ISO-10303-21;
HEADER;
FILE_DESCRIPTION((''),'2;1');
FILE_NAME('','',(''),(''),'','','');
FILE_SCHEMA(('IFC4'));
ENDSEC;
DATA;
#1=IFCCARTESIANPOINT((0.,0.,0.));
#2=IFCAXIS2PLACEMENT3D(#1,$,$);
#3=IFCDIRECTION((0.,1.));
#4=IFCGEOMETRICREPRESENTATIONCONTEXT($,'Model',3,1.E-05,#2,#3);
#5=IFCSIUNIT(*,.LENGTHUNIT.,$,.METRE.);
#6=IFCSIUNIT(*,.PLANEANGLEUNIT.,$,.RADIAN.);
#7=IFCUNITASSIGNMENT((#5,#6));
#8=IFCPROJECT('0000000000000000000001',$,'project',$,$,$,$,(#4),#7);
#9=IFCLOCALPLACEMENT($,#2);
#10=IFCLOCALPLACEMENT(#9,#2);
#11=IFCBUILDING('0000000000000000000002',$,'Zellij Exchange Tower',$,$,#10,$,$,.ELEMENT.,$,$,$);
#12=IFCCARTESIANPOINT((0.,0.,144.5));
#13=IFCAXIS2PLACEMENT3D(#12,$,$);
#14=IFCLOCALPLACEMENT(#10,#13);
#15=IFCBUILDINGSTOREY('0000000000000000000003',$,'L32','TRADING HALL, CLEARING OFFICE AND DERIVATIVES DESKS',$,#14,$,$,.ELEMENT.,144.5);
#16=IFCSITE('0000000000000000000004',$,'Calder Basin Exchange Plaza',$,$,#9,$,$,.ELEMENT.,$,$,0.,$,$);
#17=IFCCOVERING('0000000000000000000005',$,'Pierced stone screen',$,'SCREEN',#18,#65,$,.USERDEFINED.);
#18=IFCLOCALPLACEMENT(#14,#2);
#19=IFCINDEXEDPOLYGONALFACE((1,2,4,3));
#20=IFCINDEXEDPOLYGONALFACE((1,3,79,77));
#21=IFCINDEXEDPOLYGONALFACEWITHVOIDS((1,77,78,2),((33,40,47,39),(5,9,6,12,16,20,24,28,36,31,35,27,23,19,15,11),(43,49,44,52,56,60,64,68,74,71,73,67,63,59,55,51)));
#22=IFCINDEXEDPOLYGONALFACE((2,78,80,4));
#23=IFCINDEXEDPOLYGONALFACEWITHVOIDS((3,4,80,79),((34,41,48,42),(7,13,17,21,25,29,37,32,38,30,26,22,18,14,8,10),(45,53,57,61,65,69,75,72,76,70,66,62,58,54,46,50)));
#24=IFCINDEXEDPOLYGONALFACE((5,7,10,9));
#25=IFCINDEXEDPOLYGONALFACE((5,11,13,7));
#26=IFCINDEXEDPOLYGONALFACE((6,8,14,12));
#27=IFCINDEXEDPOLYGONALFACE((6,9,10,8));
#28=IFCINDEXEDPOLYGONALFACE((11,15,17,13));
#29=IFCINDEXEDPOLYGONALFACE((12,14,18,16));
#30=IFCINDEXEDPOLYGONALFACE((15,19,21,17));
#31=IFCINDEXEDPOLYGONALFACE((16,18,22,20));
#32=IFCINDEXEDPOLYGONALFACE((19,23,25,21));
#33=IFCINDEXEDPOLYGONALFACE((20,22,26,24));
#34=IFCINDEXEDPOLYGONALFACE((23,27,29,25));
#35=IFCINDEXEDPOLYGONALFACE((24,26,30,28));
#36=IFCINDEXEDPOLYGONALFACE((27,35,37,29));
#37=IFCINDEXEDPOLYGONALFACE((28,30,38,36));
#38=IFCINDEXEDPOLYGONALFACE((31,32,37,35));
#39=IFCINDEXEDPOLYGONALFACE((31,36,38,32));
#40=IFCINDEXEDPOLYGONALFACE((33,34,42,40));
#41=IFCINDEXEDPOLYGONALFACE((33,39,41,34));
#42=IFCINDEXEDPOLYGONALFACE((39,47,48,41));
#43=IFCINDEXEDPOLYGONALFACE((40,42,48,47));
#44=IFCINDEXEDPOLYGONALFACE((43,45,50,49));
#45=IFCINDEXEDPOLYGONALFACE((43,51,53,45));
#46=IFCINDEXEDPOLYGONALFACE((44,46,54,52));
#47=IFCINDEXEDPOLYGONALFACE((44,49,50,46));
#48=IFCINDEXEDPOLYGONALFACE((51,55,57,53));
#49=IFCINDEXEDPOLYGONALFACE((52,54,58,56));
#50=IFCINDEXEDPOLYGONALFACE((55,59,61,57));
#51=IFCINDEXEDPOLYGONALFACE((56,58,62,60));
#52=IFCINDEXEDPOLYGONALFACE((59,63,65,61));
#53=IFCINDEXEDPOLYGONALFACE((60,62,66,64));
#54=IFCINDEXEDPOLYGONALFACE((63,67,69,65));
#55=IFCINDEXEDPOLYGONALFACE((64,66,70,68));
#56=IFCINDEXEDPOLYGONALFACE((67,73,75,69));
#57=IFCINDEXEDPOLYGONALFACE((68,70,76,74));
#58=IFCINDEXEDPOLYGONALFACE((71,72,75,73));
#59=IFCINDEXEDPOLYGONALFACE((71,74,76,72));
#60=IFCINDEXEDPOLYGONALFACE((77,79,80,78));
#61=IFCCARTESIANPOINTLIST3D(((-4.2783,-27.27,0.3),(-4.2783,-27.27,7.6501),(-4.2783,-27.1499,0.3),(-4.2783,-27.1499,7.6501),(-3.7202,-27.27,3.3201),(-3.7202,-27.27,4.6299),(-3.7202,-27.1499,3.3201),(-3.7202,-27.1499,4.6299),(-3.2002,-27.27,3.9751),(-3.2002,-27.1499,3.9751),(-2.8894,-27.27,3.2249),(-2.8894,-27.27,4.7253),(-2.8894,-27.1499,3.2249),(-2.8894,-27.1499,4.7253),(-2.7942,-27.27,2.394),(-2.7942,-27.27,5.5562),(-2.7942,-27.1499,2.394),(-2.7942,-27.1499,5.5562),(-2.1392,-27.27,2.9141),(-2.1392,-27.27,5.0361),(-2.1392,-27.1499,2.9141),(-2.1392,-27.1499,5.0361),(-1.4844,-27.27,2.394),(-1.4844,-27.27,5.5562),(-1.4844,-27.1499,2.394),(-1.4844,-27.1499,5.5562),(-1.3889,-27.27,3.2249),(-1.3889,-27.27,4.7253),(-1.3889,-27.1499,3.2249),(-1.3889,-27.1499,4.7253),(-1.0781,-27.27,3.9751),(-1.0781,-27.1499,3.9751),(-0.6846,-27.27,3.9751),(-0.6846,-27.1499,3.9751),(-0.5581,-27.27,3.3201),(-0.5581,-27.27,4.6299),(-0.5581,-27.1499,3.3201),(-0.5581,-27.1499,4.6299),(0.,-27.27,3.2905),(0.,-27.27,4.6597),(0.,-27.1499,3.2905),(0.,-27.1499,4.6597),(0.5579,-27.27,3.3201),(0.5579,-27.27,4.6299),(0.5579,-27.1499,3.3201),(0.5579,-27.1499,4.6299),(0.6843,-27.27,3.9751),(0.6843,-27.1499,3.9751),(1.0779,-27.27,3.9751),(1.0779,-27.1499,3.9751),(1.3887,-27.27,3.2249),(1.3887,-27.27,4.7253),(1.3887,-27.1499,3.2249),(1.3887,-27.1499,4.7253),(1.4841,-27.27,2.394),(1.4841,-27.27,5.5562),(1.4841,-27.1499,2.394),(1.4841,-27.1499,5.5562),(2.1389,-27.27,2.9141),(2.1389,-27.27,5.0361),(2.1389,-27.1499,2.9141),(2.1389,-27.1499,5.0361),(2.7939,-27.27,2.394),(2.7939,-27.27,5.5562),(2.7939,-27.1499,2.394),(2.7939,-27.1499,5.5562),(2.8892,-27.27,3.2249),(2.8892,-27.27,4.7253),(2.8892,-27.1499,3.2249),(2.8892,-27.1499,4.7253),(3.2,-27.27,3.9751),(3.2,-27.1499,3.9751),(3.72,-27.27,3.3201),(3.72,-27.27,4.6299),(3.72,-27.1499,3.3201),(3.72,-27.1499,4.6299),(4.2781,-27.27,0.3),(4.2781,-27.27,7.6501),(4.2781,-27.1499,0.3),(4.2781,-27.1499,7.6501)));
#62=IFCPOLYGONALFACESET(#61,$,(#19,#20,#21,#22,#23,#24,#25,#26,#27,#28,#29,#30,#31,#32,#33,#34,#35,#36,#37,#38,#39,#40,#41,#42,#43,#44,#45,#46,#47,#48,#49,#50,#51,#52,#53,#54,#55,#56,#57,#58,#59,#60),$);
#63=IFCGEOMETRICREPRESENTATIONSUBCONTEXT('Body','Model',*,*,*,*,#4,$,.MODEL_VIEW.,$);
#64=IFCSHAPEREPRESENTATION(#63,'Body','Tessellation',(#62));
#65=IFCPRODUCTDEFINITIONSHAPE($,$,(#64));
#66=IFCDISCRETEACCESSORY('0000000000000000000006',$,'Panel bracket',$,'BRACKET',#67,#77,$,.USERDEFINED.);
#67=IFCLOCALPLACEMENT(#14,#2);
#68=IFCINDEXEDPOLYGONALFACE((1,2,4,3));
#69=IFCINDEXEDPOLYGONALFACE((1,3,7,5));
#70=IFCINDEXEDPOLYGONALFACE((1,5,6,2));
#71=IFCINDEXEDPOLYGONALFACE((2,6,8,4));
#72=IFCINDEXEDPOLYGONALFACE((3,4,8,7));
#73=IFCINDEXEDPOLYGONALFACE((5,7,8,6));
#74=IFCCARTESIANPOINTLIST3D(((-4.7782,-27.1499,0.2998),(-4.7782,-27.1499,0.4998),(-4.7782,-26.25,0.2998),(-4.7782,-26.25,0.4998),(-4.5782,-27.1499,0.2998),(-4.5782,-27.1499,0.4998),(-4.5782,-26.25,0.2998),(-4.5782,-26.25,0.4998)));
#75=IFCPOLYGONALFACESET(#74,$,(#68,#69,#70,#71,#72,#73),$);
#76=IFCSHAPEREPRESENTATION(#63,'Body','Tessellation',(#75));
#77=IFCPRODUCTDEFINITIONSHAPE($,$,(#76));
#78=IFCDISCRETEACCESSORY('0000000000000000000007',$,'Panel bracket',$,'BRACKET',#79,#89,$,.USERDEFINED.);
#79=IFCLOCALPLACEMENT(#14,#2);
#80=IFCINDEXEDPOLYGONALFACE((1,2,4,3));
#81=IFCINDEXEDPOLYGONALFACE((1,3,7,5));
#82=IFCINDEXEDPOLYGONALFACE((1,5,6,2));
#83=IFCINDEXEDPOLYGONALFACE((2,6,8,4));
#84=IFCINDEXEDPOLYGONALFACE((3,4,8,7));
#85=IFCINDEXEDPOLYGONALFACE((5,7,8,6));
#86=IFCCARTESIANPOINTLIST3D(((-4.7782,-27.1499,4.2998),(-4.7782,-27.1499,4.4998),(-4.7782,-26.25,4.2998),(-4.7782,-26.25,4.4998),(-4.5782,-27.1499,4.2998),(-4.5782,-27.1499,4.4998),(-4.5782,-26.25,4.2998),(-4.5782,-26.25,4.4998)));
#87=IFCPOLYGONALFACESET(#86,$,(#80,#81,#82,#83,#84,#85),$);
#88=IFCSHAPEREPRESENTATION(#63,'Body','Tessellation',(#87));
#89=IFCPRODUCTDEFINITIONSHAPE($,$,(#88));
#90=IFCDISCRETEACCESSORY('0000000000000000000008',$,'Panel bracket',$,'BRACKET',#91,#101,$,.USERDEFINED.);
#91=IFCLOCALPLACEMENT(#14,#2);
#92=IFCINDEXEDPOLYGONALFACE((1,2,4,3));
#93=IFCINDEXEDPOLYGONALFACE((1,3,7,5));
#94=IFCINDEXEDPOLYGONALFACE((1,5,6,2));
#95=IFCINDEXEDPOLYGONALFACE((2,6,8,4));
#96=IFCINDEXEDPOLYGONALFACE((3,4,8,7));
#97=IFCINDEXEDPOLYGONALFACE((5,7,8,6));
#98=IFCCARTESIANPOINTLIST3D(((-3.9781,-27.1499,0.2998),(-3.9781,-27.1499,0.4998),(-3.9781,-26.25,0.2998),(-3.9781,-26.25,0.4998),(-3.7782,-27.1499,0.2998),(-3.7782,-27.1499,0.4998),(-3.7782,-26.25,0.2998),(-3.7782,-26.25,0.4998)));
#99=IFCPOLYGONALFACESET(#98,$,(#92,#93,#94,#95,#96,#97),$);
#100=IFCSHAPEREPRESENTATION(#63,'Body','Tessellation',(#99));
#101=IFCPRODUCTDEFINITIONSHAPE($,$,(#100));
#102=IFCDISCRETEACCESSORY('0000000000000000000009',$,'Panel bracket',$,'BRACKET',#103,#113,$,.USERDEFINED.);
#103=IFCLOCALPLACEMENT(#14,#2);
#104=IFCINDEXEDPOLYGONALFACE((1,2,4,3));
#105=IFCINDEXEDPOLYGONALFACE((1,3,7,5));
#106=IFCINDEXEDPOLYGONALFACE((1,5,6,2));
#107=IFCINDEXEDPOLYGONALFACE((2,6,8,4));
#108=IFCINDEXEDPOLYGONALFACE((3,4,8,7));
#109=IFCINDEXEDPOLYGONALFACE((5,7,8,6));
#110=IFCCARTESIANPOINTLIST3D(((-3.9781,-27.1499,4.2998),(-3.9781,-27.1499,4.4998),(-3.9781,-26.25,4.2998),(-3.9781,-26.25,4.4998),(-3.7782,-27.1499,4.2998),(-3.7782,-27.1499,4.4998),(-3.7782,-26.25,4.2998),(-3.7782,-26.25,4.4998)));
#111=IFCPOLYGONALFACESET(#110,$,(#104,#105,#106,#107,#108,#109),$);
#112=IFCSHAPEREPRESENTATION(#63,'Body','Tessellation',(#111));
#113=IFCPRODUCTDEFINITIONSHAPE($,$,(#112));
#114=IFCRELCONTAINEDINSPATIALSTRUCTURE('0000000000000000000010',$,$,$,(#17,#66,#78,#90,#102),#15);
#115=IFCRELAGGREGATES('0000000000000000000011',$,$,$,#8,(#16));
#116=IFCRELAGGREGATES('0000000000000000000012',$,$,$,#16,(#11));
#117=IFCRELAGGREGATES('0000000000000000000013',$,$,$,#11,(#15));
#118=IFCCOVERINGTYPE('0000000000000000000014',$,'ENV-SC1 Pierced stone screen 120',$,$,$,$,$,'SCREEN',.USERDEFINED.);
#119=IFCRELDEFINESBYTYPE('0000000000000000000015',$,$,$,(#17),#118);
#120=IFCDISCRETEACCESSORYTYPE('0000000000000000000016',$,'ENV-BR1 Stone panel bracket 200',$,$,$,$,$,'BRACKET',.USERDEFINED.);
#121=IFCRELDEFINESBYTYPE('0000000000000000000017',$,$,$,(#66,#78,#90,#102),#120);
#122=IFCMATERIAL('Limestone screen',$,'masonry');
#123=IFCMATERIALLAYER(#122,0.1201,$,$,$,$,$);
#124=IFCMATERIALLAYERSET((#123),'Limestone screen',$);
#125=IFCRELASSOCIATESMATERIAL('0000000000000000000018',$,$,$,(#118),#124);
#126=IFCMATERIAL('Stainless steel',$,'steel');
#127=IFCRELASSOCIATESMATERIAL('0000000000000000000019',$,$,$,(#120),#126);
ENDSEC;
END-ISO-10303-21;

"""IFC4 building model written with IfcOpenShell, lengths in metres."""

from ifc_helpers import new_model, si_unit, direction, frame, origin, origin_2d, place, context, subcontext, project, spatial, polyline, rectangle, outline, extrude, material, layer, layer_set, type_object, element, save


model = new_model("IFC4")

# Units and contexts
model_context = context("Model", 3, precision=1e-05, world=origin(), true_north=direction((0.0, 1.0)))
body_context = subcontext(model_context, "Body", "Model", "MODEL_VIEW")
ifc_project = project(units=[si_unit("LENGTHUNIT", "METRE"), si_unit("PLANEANGLEUNIT", "RADIAN")], contexts=[model_context])

# Site, building, storey
site_placement = place(None, origin())
site = spatial("IfcSite", under=ifc_project, at=site_placement, Name="Calder Basin Exchange Plaza", CompositionType="ELEMENT", RefElevation=0.0)
building_placement = place(site_placement, origin())
building = spatial("IfcBuilding", under=site, at=building_placement, Name="Zellij Exchange Tower", CompositionType="ELEMENT")
storey_placement = place(building_placement, frame((0.0, 0.0, 144.5)))
storey = spatial("IfcBuildingStorey", under=building, at=storey_placement, Name="L32", Description="TRADING HALL, CLEARING OFFICE AND DERIVATIVES DESKS", CompositionType="ELEMENT", Elevation=144.5)

# Shared definitions
ifc_material_1 = material(Name="Stainless steel", Category="steel")

# Covering
ifc_material_2 = material(Name="Limestone screen", Category="masonry")
ifc_layer_1 = layer(ifc_material_2, 0.1201)
ifc_layer_set_1 = layer_set([ifc_layer_1], Name="Limestone screen")
covering_type = type_object("IfcCoveringType", Name="ENV-SC1 Pierced stone screen 120", ElementType="SCREEN", PredefinedType="USERDEFINED", material=ifc_layer_set_1)
covering_placement = place(storey_placement, frame((-4.2783, -27.21, 0.3), z_axis=(0.0, 0.0, 1.0), x_axis=(1.0, 0.0, 0.0)))
element("IfcCovering", 1, at=covering_placement, inside=storey, type_object=covering_type, Name="Pierced stone screen", ObjectType="SCREEN", PredefinedType="USERDEFINED", context=body_context, shape_type="SweptSolid", body=[
    extrude(outline(polyline([(0.0, 0.0), (8.5564, 0.0), (8.5564, 7.3501), (0.0, 7.3501), (0.0, 0.0)]), holes=[polyline([(3.7202, 4.3298), (2.8894, 4.4253), (2.7939, 5.2561), (2.1392, 4.7361), (1.4841, 5.2561), (1.3889, 4.4253), (0.5581, 4.3298), (1.0781, 3.675), (0.5581, 3.02), (1.3889, 2.9248), (1.4841, 2.094), (2.1392, 2.614), (2.7939, 2.094), (2.8894, 2.9248), (3.7202, 3.02), (3.2002, 3.675), (3.7202, 4.3298)]), polyline([(7.9983, 4.3298), (7.1675, 4.4253), (7.0723, 5.2561), (6.4172, 4.7361), (5.7625, 5.2561), (5.667, 4.4253), (4.8362, 4.3298), (5.3562, 3.675), (4.8362, 3.02), (5.667, 2.9248), (5.7625, 2.094), (6.4172, 2.614), (7.0723, 2.094), (7.1675, 2.9248), (7.9983, 3.02), (7.4783, 3.675), (7.9983, 4.3298)]), polyline([(4.9626, 3.675), (4.2783, 4.3596), (3.5938, 3.675), (4.2783, 2.9905), (4.9626, 3.675)])]), frame((0.0, 0.0601, 0.0), z_axis=(0.0, -1.0, 0.0), x_axis=(1.0, 0.0, 0.0)), (0.0, 0.0, 1.0), 0.1201),
])

# Discrete accessories
discrete_accessory_type = type_object("IfcDiscreteAccessoryType", Name="ENV-BR1 Stone panel bracket 200", ElementType="BRACKET", PredefinedType="USERDEFINED", material=ifc_material_1)
for number, where, z_axis, x_axis, name in (
    (2, (-4.6782, -26.7, 0.2998), (0.0, 0.0, 1.0), (1.0, 0.0, 0.0), "Panel bracket"),
    (3, (-4.6782, -26.7, 4.2998), (0.0, 0.0, 1.0), (1.0, 0.0, 0.0), "Panel bracket"),
    (4, (-3.8782, -26.7, 0.2998), (0.0, 0.0, 1.0), (1.0, 0.0, 0.0), "Panel bracket"),
    (5, (-3.8782, -26.7, 4.2998), (0.0, 0.0, 1.0), (1.0, 0.0, 0.0), "Panel bracket"),
):
    element("IfcDiscreteAccessory", number, at=place(storey_placement, frame(where, z_axis=z_axis, x_axis=x_axis)), inside=storey, type_object=discrete_accessory_type, Name=name, ObjectType="BRACKET", PredefinedType="USERDEFINED", context=body_context, shape_type="SweptSolid", body=[
        extrude(rectangle(XDim=0.2, YDim=0.8999, at=origin_2d()), origin(), (0.0, 0.0, 1.0), 0.2),
    ])

save(model, "model.ifc")
